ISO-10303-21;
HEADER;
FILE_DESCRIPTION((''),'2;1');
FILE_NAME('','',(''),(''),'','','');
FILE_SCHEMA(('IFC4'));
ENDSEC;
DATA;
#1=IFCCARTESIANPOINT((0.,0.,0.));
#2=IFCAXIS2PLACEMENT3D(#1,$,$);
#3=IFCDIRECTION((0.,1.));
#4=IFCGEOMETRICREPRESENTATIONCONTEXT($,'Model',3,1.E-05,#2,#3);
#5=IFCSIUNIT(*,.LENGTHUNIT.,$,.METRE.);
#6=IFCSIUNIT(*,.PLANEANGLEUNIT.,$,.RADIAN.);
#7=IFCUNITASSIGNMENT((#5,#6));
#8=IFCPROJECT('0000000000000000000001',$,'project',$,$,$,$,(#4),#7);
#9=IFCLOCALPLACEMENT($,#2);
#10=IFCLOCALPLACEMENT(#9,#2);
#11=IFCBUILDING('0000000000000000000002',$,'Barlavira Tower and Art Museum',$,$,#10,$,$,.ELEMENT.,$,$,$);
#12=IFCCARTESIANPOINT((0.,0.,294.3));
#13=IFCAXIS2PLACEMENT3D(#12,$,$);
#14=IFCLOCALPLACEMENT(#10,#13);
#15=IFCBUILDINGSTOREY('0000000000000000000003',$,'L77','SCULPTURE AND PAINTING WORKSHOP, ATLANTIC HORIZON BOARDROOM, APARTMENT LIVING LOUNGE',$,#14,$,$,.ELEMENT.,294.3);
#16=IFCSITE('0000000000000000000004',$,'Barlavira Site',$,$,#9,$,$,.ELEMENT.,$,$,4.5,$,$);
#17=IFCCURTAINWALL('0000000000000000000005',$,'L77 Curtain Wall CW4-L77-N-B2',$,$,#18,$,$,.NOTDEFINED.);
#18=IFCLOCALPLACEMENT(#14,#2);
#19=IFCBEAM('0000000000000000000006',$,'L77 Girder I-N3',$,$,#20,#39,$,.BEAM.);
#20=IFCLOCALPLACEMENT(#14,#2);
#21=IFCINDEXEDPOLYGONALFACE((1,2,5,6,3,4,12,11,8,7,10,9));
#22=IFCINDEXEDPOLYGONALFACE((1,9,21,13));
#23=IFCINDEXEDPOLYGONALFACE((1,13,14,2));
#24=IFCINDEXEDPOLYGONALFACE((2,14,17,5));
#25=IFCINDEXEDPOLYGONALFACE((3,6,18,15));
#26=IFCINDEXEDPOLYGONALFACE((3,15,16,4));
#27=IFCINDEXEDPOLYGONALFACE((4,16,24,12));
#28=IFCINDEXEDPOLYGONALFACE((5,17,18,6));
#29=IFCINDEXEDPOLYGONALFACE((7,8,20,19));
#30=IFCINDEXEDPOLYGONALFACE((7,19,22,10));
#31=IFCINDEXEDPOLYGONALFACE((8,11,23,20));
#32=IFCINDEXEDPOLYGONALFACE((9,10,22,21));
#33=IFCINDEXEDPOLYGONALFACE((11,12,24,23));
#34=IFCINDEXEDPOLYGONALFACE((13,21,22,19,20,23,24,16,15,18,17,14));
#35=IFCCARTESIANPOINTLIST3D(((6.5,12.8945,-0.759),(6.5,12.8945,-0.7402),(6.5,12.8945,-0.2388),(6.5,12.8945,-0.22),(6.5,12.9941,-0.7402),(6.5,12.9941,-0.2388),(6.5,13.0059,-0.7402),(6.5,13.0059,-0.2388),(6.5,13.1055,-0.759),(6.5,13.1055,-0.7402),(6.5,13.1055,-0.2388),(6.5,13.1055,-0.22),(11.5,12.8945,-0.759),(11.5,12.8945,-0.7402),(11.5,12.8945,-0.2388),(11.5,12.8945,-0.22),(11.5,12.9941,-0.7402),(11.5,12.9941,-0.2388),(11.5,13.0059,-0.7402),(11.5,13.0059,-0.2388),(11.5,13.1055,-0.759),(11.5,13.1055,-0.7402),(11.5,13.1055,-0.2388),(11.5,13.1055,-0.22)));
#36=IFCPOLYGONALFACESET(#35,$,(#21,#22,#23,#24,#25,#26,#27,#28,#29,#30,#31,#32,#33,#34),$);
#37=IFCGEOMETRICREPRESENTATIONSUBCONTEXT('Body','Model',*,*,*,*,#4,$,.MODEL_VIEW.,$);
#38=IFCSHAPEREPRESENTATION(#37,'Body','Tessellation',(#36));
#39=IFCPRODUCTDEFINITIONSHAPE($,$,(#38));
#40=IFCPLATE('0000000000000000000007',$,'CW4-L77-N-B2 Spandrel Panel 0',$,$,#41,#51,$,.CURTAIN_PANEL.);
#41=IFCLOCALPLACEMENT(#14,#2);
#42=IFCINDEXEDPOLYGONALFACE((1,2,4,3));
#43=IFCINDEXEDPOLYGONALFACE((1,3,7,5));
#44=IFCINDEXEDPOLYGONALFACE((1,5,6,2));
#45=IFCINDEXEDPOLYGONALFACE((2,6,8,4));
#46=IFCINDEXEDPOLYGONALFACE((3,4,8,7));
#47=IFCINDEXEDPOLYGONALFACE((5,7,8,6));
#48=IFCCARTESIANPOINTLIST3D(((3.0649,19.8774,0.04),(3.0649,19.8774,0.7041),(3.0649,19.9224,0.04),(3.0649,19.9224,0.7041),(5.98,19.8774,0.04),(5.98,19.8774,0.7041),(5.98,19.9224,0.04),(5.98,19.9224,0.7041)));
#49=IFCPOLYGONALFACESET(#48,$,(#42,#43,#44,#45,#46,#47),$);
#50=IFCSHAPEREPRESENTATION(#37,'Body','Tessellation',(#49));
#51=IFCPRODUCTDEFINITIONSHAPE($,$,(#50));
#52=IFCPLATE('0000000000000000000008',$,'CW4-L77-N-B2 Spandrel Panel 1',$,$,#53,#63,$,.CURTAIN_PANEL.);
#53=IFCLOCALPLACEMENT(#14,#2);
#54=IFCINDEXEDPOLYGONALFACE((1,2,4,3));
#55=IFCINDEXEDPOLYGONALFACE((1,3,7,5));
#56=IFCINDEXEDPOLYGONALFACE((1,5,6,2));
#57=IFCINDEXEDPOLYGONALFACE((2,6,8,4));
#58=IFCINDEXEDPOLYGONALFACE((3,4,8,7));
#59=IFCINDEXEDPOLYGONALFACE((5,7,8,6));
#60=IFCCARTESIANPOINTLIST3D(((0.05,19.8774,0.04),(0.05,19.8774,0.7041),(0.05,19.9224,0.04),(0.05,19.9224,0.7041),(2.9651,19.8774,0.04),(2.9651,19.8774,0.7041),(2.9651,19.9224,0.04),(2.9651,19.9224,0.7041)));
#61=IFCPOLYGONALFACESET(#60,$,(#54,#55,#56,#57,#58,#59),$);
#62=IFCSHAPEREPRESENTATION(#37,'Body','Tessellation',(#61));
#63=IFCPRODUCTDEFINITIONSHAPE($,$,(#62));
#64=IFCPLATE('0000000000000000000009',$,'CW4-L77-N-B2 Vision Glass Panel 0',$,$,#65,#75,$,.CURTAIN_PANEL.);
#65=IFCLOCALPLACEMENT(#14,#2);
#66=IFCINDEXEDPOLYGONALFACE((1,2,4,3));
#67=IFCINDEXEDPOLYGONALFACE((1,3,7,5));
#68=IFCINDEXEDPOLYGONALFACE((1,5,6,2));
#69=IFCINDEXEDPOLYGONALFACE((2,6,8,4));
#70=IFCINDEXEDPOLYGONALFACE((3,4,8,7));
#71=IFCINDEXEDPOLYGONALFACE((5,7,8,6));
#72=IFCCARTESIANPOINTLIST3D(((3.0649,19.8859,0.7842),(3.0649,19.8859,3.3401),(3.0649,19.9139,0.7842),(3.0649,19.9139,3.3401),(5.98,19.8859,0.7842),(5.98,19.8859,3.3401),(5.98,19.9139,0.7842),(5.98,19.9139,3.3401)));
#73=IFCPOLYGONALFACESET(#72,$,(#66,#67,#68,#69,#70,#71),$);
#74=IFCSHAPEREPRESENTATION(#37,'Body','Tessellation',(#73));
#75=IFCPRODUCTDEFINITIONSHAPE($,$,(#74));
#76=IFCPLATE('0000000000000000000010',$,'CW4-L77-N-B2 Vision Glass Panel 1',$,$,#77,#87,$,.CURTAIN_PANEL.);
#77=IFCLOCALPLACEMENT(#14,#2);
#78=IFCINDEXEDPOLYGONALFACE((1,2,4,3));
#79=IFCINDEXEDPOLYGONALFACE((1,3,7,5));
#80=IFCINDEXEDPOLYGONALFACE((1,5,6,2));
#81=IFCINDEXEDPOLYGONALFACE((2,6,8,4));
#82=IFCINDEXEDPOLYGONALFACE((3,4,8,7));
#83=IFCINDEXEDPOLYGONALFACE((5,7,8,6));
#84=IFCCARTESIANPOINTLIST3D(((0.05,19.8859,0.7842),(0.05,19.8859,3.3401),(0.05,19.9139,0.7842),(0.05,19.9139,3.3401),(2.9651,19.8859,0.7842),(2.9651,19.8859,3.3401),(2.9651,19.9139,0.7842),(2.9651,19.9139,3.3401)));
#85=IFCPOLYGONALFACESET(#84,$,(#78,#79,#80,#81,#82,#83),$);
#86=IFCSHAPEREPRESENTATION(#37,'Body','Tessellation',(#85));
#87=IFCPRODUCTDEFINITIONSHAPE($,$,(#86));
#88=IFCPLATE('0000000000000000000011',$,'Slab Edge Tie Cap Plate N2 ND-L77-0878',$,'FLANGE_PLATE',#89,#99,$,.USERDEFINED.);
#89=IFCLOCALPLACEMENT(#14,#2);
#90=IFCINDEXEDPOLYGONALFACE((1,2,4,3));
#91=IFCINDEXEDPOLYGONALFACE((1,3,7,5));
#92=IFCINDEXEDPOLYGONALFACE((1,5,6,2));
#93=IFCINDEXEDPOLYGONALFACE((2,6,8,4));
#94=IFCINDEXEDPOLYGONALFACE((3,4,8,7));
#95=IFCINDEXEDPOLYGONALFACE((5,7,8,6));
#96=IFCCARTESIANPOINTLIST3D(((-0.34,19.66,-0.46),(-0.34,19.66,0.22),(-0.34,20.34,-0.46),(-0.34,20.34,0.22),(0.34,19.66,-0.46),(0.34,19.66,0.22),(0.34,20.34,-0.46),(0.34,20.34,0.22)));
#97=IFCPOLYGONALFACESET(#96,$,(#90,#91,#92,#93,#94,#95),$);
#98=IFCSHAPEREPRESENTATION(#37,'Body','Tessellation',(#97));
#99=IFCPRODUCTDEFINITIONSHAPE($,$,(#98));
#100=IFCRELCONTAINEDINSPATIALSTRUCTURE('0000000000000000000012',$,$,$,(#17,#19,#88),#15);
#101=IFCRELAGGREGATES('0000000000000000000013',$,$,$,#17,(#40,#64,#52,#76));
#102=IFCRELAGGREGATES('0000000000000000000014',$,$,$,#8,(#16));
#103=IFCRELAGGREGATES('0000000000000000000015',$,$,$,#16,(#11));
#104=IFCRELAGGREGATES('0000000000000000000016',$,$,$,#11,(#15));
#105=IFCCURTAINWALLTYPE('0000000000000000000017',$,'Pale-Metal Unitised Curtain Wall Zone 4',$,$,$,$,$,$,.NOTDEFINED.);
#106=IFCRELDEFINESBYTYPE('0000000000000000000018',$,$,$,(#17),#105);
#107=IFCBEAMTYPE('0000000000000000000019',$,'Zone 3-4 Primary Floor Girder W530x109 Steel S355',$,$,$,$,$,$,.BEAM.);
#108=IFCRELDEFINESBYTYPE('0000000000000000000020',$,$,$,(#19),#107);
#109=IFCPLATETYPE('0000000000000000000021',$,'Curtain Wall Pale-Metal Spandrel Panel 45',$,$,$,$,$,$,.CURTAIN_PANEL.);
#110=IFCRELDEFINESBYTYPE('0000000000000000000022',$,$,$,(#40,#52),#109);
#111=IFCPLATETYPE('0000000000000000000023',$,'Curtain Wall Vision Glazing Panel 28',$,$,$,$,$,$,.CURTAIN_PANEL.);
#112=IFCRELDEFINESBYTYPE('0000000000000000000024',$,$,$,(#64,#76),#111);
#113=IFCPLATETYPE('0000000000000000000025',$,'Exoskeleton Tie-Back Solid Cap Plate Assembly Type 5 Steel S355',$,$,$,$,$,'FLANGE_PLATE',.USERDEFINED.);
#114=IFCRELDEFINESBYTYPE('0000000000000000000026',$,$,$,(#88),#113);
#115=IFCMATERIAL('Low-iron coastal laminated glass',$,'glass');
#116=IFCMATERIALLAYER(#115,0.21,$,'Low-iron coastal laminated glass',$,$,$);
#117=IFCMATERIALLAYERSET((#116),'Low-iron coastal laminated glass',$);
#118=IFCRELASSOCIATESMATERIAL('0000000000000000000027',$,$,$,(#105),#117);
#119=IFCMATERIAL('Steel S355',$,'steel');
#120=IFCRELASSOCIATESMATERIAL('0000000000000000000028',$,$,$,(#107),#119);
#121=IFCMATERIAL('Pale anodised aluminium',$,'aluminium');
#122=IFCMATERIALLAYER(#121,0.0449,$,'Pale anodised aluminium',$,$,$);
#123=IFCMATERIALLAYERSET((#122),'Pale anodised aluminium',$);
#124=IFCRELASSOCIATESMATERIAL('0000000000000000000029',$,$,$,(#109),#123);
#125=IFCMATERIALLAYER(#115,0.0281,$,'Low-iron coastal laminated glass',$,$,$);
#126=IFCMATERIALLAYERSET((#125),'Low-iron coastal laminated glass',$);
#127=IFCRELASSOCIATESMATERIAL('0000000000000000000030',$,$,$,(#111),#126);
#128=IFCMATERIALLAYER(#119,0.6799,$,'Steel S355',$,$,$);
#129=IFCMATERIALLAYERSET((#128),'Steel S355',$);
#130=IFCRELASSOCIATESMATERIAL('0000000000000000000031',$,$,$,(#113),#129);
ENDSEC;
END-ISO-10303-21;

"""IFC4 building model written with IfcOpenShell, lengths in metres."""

from ifc_helpers import new_model, si_unit, direction, frame, origin, origin_2d, place, context, subcontext, project, spatial, rectangle, i_section, extrude, material, layer, layer_set, material_profile, profile_set, type_object, element, aggregate, save


model = new_model("IFC4")

# Units and contexts
model_context = context("Model", 3, precision=1e-05, world=origin(), true_north=direction((0.0, 1.0)))
body_context = subcontext(model_context, "Body", "Model", "MODEL_VIEW")
ifc_project = project(units=[si_unit("LENGTHUNIT", "METRE"), si_unit("PLANEANGLEUNIT", "RADIAN")], contexts=[model_context])

# Site, building, storey
site_placement = place(None, origin())
site = spatial("IfcSite", under=ifc_project, at=site_placement, Name="Barlavira Site", CompositionType="ELEMENT", RefElevation=4.5)
building_placement = place(site_placement, origin())
building = spatial("IfcBuilding", under=site, at=building_placement, Name="Barlavira Tower and Art Museum", CompositionType="ELEMENT")
storey_placement = place(building_placement, frame((0.0, 0.0, 294.3)))
storey = spatial("IfcBuildingStorey", under=building, at=storey_placement, Name="L77", Description="SCULPTURE AND PAINTING WORKSHOP, ATLANTIC HORIZON BOARDROOM, APARTMENT LIVING LOUNGE", CompositionType="ELEMENT", Elevation=294.3)

# Curtain wall
ifc_material_1 = material(Name="Low-iron coastal laminated glass", Category="glass")
ifc_layer_1 = layer(ifc_material_1, 0.21, Name="Low-iron coastal laminated glass")
ifc_layer_set_1 = layer_set([ifc_layer_1], Name="Low-iron coastal laminated glass")
curtain_wall_type = type_object("IfcCurtainWallType", Name="Pale-Metal Unitised Curtain Wall Zone 4", PredefinedType="NOTDEFINED", material=ifc_layer_set_1)
curtain_wall_placement = place(storey_placement, origin())
curtain_wall = element("IfcCurtainWall", 1, at=curtain_wall_placement, inside=storey, type_object=curtain_wall_type, Name="L77 Curtain Wall CW4-L77-N-B2", PredefinedType="NOTDEFINED")
ifc_material_2 = material(Name="Pale anodised aluminium", Category="aluminium")

# Shared definitions
ifc_material_3 = material(Name="Steel S355", Category="steel")

# Beam
ifc_material_profile_1 = material_profile(ifc_material_3, i_section(OverallWidth=0.2109, OverallDepth=0.5391, WebThickness=0.0117, FlangeThickness=0.0188, at=origin_2d()), Name="W530x109.0")
ifc_profile_set_1 = profile_set([ifc_material_profile_1], Name="Steel S355")
beam_type = type_object("IfcBeamType", Name="Zone 3-4 Primary Floor Girder W530x109 Steel S355", PredefinedType="BEAM", material=ifc_profile_set_1)
beam_placement = place(storey_placement, frame((6.5, 13.0, -0.4895), z_axis=(1.0, 0.0, 0.0), x_axis=(0.0, 1.0, 0.0)))
element("IfcBeam", 2, at=beam_placement, inside=storey, type_object=beam_type, Name="L77 Girder I-N3", PredefinedType="BEAM", context=body_context, shape_type="SweptSolid", body=[
    extrude(i_section(OverallWidth=0.2109, OverallDepth=0.5391, WebThickness=0.0117, FlangeThickness=0.0188, at=origin_2d()), origin(), (0.0, 0.0, 1.0), 5.0),
])

# Plates
ifc_layer_2 = layer(ifc_material_2, 0.0449, Name="Pale anodised aluminium")
ifc_layer_set_2 = layer_set([ifc_layer_2], Name="Pale anodised aluminium")
plate_type_1 = type_object("IfcPlateType", Name="Curtain Wall Pale-Metal Spandrel Panel 45", PredefinedType="CURTAIN_PANEL", material=ifc_layer_set_2)
plate_1_placement = place(storey_placement, frame((4.5225, 19.8999, 0.04), z_axis=(0.0, 0.0, 1.0), x_axis=(-1.0, 0.0, 0.0)))
plate_1 = element("IfcPlate", 3, at=plate_1_placement, type_object=plate_type_1, Name="CW4-L77-N-B2 Spandrel Panel 0", PredefinedType="CURTAIN_PANEL", context=body_context, shape_type="SweptSolid", body=[
    extrude(rectangle(XDim=2.915, YDim=0.0449, at=origin_2d()), origin(), (0.0, 0.0, 1.0), 0.6641),
])
plate_2_placement = place(storey_placement, frame((1.5076, 19.8999, 0.04), z_axis=(0.0, 0.0, 1.0), x_axis=(-1.0, 0.0, 0.0)))
plate_2 = element("IfcPlate", 4, at=plate_2_placement, type_object=plate_type_1, Name="CW4-L77-N-B2 Spandrel Panel 1", PredefinedType="CURTAIN_PANEL", context=body_context, shape_type="SweptSolid", body=[
    extrude(rectangle(XDim=2.915, YDim=0.0449, at=origin_2d()), origin(), (0.0, 0.0, 1.0), 0.6641),
])
ifc_layer_3 = layer(ifc_material_1, 0.0281, Name="Low-iron coastal laminated glass")
ifc_layer_set_3 = layer_set([ifc_layer_3], Name="Low-iron coastal laminated glass")
plate_type_2 = type_object("IfcPlateType", Name="Curtain Wall Vision Glazing Panel 28", PredefinedType="CURTAIN_PANEL", material=ifc_layer_set_3)
plate_3_placement = place(storey_placement, frame((4.5225, 19.8999, 0.7842), z_axis=(0.0, 0.0, 1.0), x_axis=(-1.0, 0.0, 0.0)))
plate_3 = element("IfcPlate", 5, at=plate_3_placement, type_object=plate_type_2, Name="CW4-L77-N-B2 Vision Glass Panel 0", PredefinedType="CURTAIN_PANEL", context=body_context, shape_type="SweptSolid", body=[
    extrude(rectangle(XDim=2.915, YDim=0.0281, at=origin_2d()), origin(), (0.0, 0.0, 1.0), 2.5559),
])
plate_4_placement = place(storey_placement, frame((1.5076, 19.8999, 0.7842), z_axis=(0.0, 0.0, 1.0), x_axis=(-1.0, 0.0, 0.0)))
plate_4 = element("IfcPlate", 6, at=plate_4_placement, type_object=plate_type_2, Name="CW4-L77-N-B2 Vision Glass Panel 1", PredefinedType="CURTAIN_PANEL", context=body_context, shape_type="SweptSolid", body=[
    extrude(rectangle(XDim=2.915, YDim=0.0281, at=origin_2d()), origin(), (0.0, 0.0, 1.0), 2.5559),
])
aggregate(curtain_wall, [plate_1, plate_3, plate_2, plate_4])
ifc_layer_4 = layer(ifc_material_3, 0.6799, Name="Steel S355")
ifc_layer_set_4 = layer_set([ifc_layer_4], Name="Steel S355")
plate_type_3 = type_object("IfcPlateType", Name="Exoskeleton Tie-Back Solid Cap Plate Assembly Type 5 Steel S355", ElementType="FLANGE_PLATE", PredefinedType="USERDEFINED", material=ifc_layer_set_4)
plate_5_placement = place(storey_placement, frame((0.0, 20.0, -0.46), z_axis=(0.0, 0.0, 1.0), x_axis=(1.0, 0.0, 0.0)))
element("IfcPlate", 7, at=plate_5_placement, inside=storey, type_object=plate_type_3, Name="Slab Edge Tie Cap Plate N2 ND-L77-0878", ObjectType="FLANGE_PLATE", PredefinedType="USERDEFINED", context=body_context, shape_type="SweptSolid", body=[
    extrude(rectangle(XDim=0.6799, YDim=0.6799, at=origin_2d()), origin(), (0.0, 0.0, 1.0), 0.6799),
])

save(model, "model.ifc")
